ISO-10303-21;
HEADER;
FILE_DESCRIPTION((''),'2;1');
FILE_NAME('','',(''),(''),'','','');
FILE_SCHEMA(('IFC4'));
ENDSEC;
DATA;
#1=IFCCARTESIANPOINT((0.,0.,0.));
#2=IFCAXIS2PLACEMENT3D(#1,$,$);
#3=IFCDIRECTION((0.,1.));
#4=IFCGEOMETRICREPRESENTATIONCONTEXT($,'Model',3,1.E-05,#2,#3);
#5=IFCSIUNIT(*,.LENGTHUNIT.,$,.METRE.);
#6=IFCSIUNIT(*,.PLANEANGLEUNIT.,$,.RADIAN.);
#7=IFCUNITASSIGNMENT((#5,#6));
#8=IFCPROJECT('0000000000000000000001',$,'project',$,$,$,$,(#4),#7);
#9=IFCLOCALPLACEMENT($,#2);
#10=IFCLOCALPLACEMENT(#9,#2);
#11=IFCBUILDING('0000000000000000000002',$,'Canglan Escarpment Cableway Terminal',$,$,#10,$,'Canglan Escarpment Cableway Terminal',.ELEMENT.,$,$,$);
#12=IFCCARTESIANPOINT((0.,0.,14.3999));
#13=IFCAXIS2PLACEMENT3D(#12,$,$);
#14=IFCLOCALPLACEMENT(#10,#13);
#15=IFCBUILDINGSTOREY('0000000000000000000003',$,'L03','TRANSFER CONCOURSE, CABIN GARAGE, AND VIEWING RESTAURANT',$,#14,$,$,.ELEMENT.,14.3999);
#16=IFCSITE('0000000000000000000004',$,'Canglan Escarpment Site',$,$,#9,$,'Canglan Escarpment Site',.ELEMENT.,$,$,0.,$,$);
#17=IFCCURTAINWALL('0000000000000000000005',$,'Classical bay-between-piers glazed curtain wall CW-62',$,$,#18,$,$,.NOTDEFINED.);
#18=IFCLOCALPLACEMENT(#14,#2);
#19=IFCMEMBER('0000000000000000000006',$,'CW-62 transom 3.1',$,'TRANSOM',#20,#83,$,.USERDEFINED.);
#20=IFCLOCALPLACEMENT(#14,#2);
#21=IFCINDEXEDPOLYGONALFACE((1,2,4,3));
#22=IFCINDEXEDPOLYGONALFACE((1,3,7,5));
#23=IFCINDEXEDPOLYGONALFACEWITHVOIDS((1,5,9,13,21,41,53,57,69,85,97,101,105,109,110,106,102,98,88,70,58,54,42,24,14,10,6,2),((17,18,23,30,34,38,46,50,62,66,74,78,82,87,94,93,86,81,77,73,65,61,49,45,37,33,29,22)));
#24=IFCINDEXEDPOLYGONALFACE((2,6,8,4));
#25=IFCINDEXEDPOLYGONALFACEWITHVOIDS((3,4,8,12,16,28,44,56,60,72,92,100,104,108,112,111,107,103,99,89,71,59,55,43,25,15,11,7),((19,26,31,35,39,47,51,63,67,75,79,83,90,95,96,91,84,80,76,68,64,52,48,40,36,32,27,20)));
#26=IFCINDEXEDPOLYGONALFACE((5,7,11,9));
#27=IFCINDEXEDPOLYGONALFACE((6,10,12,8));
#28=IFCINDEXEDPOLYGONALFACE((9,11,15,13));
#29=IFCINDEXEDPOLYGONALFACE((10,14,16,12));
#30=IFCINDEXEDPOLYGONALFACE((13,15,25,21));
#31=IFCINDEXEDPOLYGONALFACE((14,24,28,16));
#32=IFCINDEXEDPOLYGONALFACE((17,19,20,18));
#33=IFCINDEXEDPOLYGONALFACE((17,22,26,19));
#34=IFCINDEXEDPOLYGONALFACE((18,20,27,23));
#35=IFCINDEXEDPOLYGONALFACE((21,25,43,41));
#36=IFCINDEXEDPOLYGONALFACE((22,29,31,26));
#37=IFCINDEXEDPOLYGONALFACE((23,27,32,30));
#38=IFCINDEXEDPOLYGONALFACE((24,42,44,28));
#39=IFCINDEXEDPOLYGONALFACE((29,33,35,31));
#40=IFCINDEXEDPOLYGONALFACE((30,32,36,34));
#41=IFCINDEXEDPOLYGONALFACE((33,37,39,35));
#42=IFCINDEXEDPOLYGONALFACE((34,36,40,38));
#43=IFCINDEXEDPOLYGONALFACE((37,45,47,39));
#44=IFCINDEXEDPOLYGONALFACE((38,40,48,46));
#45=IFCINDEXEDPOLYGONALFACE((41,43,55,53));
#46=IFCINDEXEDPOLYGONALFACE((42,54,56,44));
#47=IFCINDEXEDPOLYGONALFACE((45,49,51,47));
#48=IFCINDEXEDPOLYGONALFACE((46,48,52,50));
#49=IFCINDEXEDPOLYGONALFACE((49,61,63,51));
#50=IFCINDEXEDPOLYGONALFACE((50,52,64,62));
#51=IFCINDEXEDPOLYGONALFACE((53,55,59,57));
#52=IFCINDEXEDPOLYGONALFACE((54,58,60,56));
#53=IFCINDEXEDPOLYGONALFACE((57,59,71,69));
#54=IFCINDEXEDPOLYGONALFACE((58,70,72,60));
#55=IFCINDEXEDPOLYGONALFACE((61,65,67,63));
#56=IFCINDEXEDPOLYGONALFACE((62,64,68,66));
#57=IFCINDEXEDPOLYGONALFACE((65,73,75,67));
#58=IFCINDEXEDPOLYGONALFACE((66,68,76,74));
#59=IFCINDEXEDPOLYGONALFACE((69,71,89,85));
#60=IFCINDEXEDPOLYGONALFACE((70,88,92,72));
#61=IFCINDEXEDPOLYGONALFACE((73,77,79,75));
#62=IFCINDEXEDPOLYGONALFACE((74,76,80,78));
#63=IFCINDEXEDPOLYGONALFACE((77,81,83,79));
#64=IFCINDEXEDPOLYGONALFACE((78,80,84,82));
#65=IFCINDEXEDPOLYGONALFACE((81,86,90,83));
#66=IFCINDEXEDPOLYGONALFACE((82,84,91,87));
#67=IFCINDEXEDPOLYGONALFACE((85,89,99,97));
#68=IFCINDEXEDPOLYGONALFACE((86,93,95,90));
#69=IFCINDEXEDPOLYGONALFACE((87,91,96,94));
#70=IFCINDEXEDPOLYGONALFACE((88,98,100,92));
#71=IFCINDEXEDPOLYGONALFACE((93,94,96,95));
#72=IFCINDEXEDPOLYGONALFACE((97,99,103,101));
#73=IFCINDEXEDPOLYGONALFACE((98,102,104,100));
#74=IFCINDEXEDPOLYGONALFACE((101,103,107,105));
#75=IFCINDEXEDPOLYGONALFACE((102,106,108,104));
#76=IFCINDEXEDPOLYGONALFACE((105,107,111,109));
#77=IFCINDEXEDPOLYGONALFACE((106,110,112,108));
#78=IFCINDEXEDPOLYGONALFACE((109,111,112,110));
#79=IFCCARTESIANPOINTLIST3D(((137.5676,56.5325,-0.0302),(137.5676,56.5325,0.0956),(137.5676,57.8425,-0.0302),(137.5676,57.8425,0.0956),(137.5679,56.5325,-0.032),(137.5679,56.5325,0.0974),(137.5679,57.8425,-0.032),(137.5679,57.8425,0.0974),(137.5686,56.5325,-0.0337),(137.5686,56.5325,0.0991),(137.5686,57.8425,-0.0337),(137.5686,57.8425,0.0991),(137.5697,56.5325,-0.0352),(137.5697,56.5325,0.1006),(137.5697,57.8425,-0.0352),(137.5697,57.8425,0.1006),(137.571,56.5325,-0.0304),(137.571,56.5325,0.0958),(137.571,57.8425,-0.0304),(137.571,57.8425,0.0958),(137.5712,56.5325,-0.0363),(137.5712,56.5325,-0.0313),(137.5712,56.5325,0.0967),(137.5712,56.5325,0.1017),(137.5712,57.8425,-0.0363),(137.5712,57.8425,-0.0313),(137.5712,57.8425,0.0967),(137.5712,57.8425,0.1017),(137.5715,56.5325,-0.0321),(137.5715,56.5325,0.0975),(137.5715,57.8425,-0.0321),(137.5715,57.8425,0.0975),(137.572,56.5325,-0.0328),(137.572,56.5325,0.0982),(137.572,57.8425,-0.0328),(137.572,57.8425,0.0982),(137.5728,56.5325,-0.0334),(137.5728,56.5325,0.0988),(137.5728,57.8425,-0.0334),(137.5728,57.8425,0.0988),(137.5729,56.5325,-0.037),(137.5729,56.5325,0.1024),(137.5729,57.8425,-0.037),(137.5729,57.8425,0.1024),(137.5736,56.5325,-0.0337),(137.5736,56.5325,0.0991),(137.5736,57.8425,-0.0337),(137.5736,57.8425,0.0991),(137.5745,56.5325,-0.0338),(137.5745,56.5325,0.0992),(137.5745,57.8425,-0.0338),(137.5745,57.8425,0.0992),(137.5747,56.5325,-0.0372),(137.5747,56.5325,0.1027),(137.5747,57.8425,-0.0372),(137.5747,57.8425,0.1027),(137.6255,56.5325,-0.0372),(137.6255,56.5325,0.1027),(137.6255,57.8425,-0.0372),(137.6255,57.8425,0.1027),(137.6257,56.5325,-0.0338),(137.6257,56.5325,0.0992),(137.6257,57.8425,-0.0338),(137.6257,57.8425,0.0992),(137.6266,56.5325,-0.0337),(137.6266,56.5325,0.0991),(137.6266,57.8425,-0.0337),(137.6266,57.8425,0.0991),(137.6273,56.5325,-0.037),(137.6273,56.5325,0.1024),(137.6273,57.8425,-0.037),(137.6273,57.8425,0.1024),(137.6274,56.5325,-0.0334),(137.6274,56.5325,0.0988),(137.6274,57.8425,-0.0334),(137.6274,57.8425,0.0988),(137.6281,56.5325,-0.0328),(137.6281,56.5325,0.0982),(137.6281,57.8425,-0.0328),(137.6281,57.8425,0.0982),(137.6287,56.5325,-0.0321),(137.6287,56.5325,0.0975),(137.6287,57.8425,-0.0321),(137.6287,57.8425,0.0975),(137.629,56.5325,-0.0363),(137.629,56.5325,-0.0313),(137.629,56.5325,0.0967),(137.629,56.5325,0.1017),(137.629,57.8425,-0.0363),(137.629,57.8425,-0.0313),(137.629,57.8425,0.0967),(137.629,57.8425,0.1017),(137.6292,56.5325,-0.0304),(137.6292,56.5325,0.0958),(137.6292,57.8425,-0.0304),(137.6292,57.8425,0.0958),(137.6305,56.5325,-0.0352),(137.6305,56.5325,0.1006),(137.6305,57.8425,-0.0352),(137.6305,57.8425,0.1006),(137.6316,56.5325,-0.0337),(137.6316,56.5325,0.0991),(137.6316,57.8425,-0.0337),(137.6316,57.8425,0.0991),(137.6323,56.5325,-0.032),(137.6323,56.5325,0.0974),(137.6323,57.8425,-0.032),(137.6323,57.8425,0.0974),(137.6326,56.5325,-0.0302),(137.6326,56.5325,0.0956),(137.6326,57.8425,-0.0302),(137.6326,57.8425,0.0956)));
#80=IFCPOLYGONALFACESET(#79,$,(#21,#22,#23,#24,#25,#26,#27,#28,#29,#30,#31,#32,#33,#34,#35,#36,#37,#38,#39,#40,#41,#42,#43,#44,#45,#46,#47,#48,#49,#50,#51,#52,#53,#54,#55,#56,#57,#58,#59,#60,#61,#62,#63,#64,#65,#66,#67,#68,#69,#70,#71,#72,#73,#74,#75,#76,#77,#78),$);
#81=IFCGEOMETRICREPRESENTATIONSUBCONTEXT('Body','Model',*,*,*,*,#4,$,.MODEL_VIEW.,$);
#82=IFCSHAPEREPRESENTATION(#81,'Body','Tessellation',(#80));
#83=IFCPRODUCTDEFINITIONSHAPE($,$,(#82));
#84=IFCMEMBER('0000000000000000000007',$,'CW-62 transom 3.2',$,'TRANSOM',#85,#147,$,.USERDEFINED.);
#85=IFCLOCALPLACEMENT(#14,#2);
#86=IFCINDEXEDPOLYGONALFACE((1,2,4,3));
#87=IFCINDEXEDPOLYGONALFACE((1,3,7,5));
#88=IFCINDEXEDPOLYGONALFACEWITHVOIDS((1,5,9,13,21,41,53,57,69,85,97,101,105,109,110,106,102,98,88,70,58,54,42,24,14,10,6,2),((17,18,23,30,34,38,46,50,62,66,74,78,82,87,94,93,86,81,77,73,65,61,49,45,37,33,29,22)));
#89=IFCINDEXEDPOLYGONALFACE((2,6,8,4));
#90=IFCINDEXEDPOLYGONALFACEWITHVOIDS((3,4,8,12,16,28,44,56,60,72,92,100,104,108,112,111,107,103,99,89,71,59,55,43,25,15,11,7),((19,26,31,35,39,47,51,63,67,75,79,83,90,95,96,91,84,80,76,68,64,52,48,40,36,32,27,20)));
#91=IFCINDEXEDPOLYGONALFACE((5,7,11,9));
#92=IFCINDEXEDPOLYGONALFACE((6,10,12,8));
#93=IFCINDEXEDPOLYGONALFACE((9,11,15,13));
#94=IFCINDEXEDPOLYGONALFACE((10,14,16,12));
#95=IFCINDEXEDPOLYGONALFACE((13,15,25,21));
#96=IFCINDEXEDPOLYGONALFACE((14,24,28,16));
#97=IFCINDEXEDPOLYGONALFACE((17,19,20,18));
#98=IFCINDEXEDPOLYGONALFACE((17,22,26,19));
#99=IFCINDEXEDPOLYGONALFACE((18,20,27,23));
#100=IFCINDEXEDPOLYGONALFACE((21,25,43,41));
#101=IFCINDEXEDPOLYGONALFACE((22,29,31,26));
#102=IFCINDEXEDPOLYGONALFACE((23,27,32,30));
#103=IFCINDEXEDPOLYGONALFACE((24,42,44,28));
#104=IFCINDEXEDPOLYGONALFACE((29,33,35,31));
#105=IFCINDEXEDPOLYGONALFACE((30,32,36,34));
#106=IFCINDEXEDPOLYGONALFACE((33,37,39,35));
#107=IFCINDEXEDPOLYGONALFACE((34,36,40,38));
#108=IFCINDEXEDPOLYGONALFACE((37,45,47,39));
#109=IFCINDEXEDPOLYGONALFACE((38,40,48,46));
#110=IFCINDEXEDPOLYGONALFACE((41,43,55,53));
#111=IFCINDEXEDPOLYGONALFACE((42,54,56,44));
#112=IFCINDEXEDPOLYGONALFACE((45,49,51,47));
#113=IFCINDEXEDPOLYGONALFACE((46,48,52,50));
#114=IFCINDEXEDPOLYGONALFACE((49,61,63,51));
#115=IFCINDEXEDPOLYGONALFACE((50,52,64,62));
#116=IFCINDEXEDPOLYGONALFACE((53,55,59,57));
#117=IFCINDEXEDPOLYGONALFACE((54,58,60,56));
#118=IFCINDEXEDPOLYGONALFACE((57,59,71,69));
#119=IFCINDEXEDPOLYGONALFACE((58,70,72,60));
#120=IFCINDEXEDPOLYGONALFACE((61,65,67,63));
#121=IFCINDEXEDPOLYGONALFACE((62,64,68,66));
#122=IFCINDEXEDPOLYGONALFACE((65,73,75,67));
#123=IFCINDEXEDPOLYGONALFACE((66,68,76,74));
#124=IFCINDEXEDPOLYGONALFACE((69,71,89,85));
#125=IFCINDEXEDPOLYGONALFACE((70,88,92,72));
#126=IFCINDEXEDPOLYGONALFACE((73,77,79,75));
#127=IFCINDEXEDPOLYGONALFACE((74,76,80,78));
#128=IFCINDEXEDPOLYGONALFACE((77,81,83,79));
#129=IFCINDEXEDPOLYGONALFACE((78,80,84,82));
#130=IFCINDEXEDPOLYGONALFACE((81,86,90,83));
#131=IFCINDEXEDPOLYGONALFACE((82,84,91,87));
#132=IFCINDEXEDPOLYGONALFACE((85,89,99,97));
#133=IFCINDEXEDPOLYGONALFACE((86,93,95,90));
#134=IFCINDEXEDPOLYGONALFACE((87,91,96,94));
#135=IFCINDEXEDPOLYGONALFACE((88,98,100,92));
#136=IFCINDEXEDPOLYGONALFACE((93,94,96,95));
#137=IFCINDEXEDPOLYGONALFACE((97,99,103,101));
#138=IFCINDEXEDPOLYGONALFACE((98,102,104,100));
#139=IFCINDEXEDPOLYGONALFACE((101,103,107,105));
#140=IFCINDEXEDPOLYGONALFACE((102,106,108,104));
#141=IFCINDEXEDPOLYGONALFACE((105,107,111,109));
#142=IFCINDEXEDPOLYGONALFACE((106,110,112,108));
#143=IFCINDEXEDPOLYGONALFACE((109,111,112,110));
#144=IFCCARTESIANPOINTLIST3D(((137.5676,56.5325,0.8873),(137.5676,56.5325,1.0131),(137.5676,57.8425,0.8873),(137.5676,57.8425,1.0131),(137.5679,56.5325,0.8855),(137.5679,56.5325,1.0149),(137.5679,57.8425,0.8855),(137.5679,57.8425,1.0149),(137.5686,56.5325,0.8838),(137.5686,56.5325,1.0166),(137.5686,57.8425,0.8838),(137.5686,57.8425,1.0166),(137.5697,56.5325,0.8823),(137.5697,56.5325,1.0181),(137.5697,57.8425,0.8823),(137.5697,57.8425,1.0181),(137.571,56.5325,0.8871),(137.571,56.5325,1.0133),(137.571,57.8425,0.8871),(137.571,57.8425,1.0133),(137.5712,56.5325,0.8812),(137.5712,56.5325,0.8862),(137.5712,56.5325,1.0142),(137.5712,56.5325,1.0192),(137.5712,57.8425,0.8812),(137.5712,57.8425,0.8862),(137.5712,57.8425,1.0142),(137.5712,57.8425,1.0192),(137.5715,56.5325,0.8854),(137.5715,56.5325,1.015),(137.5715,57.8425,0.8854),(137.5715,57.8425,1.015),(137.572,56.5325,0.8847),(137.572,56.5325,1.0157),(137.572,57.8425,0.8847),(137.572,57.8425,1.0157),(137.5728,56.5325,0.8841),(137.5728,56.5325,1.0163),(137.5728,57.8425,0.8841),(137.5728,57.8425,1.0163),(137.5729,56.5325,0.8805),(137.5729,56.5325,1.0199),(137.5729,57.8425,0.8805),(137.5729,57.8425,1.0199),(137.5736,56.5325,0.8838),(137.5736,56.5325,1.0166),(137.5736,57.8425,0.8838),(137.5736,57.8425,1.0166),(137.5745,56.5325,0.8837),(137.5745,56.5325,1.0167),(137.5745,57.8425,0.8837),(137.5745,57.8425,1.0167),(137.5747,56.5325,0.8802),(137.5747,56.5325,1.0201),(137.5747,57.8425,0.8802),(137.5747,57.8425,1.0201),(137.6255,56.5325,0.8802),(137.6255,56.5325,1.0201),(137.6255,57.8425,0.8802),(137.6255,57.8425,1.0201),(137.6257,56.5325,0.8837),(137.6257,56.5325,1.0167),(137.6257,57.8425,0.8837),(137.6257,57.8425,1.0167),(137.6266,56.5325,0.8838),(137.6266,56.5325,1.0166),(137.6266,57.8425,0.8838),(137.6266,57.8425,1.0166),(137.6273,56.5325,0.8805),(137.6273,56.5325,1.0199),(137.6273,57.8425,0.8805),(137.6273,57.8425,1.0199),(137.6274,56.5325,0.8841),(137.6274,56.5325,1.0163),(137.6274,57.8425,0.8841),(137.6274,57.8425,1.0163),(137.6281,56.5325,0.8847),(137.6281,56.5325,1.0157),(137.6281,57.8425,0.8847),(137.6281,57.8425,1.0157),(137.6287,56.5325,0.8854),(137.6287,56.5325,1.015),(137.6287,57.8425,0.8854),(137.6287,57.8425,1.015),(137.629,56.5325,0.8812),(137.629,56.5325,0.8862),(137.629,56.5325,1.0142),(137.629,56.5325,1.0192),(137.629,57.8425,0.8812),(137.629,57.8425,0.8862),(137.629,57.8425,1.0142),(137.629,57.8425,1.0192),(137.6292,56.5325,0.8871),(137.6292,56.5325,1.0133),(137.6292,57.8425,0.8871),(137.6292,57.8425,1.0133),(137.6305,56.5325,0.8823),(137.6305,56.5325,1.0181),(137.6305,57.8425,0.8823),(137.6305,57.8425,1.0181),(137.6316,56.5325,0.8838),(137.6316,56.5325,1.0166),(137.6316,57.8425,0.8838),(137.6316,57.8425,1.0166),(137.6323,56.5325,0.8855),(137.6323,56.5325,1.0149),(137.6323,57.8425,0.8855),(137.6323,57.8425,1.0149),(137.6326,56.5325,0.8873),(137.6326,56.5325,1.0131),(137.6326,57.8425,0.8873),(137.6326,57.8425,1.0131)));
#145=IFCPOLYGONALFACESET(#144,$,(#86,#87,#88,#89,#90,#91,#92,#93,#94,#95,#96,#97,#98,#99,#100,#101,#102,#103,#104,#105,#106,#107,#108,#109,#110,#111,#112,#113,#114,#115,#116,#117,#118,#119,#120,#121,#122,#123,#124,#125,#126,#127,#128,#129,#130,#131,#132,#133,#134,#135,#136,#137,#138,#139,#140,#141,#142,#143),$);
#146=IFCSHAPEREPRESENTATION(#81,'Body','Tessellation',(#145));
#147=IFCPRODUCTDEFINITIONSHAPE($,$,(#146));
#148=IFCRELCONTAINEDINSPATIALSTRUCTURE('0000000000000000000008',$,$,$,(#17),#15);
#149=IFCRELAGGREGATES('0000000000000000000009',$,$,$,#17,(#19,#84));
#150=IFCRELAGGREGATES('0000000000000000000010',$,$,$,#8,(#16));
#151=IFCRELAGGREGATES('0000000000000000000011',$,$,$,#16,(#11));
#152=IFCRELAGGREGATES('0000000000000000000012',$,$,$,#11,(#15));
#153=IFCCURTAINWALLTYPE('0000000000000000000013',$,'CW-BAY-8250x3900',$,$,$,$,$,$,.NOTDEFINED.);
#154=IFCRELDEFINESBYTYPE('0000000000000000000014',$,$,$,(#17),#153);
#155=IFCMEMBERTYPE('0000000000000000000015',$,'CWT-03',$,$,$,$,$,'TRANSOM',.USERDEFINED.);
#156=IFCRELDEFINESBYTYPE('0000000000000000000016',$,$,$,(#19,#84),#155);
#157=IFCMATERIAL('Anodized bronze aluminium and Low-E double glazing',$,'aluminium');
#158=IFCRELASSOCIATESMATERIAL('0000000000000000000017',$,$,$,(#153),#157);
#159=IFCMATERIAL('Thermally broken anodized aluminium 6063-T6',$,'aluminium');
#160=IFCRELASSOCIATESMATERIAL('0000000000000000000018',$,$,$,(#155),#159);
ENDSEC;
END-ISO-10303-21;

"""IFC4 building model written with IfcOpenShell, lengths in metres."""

from ifc_helpers import new_model, si_unit, direction, frame, origin, origin_2d, place, context, subcontext, project, spatial, hollow_rectangle, extrude, material, material_profile, profile_set, type_object, element, aggregate, save


model = new_model("IFC4")

# Units and contexts
model_context = context("Model", 3, precision=1e-05, world=origin(), true_north=direction((0.0, 1.0)))
body_context = subcontext(model_context, "Body", "Model", "MODEL_VIEW")
ifc_project = project(units=[si_unit("LENGTHUNIT", "METRE"), si_unit("PLANEANGLEUNIT", "RADIAN")], contexts=[model_context])

# Site, building, storey
site_placement = place(None, origin())
site = spatial("IfcSite", under=ifc_project, at=site_placement, Name="Canglan Escarpment Site", LongName="Canglan Escarpment Site", CompositionType="ELEMENT", RefElevation=0.0)
building_placement = place(site_placement, origin())
building = spatial("IfcBuilding", under=site, at=building_placement, Name="Canglan Escarpment Cableway Terminal", LongName="Canglan Escarpment Cableway Terminal", CompositionType="ELEMENT")
storey_placement = place(building_placement, frame((0.0, 0.0, 14.3999)))
storey = spatial("IfcBuildingStorey", under=building, at=storey_placement, Name="L03", Description="TRANSFER CONCOURSE, CABIN GARAGE, AND VIEWING RESTAURANT", CompositionType="ELEMENT", Elevation=14.3999)

# Curtain wall, members
ifc_material_1 = material(Name="Anodized bronze aluminium and Low-E double glazing", Category="aluminium")
curtain_wall_type = type_object("IfcCurtainWallType", Name="CW-BAY-8250x3900", PredefinedType="NOTDEFINED", material=ifc_material_1)
curtain_wall_placement = place(storey_placement, origin())
curtain_wall = element("IfcCurtainWall", 1, at=curtain_wall_placement, inside=storey, type_object=curtain_wall_type, Name="Classical bay-between-piers glazed curtain wall CW-62", PredefinedType="NOTDEFINED")
ifc_material_2 = material(Name="Thermally broken anodized aluminium 6063-T6", Category="aluminium")
ifc_material_profile_1 = material_profile(ifc_material_2, hollow_rectangle(XDim=0.0649, YDim=0.1399, WallThickness=0.0034, InnerFilletRadius=0.0034, OuterFilletRadius=0.0071, at=origin_2d()), Name="ALU-TRAN 65x140x3.5")
ifc_profile_set_1 = profile_set([ifc_material_profile_1], Name="Thermally broken anodized aluminium 6063-T6")
member_type_1 = type_object("IfcMemberType", Name="CWT-03", ElementType="TRANSOM", PredefinedType="USERDEFINED", material=ifc_profile_set_1)
member_1_placement = place(storey_placement, frame((137.6001, 57.8425, 0.0327), z_axis=(0.0, -1.0, 0.0), x_axis=(1.0, 0.0, 0.0)))
member_1 = element("IfcMember", 2, at=member_1_placement, type_object=member_type_1, Name="CW-62 transom 3.1", ObjectType="TRANSOM", PredefinedType="USERDEFINED", context=body_context, shape_type="SweptSolid", body=[
    extrude(hollow_rectangle(XDim=0.0649, YDim=0.1399, WallThickness=0.0034, InnerFilletRadius=0.0034, OuterFilletRadius=0.0071, at=origin_2d()), origin(), (0.0, 0.0, 1.0), 1.3101),
])
member_2_placement = place(storey_placement, frame((137.6001, 57.8425, 0.9502), z_axis=(0.0, -1.0, 0.0), x_axis=(1.0, 0.0, 0.0)))
member_2 = element("IfcMember", 3, at=member_2_placement, type_object=member_type_1, Name="CW-62 transom 3.2", ObjectType="TRANSOM", PredefinedType="USERDEFINED", context=body_context, shape_type="SweptSolid", body=[
    extrude(hollow_rectangle(XDim=0.0649, YDim=0.1399, WallThickness=0.0034, InnerFilletRadius=0.0034, OuterFilletRadius=0.0071, at=origin_2d()), origin(), (0.0, 0.0, 1.0), 1.3101),
])
aggregate(curtain_wall, [member_1, member_2])

save(model, "model.ifc")
